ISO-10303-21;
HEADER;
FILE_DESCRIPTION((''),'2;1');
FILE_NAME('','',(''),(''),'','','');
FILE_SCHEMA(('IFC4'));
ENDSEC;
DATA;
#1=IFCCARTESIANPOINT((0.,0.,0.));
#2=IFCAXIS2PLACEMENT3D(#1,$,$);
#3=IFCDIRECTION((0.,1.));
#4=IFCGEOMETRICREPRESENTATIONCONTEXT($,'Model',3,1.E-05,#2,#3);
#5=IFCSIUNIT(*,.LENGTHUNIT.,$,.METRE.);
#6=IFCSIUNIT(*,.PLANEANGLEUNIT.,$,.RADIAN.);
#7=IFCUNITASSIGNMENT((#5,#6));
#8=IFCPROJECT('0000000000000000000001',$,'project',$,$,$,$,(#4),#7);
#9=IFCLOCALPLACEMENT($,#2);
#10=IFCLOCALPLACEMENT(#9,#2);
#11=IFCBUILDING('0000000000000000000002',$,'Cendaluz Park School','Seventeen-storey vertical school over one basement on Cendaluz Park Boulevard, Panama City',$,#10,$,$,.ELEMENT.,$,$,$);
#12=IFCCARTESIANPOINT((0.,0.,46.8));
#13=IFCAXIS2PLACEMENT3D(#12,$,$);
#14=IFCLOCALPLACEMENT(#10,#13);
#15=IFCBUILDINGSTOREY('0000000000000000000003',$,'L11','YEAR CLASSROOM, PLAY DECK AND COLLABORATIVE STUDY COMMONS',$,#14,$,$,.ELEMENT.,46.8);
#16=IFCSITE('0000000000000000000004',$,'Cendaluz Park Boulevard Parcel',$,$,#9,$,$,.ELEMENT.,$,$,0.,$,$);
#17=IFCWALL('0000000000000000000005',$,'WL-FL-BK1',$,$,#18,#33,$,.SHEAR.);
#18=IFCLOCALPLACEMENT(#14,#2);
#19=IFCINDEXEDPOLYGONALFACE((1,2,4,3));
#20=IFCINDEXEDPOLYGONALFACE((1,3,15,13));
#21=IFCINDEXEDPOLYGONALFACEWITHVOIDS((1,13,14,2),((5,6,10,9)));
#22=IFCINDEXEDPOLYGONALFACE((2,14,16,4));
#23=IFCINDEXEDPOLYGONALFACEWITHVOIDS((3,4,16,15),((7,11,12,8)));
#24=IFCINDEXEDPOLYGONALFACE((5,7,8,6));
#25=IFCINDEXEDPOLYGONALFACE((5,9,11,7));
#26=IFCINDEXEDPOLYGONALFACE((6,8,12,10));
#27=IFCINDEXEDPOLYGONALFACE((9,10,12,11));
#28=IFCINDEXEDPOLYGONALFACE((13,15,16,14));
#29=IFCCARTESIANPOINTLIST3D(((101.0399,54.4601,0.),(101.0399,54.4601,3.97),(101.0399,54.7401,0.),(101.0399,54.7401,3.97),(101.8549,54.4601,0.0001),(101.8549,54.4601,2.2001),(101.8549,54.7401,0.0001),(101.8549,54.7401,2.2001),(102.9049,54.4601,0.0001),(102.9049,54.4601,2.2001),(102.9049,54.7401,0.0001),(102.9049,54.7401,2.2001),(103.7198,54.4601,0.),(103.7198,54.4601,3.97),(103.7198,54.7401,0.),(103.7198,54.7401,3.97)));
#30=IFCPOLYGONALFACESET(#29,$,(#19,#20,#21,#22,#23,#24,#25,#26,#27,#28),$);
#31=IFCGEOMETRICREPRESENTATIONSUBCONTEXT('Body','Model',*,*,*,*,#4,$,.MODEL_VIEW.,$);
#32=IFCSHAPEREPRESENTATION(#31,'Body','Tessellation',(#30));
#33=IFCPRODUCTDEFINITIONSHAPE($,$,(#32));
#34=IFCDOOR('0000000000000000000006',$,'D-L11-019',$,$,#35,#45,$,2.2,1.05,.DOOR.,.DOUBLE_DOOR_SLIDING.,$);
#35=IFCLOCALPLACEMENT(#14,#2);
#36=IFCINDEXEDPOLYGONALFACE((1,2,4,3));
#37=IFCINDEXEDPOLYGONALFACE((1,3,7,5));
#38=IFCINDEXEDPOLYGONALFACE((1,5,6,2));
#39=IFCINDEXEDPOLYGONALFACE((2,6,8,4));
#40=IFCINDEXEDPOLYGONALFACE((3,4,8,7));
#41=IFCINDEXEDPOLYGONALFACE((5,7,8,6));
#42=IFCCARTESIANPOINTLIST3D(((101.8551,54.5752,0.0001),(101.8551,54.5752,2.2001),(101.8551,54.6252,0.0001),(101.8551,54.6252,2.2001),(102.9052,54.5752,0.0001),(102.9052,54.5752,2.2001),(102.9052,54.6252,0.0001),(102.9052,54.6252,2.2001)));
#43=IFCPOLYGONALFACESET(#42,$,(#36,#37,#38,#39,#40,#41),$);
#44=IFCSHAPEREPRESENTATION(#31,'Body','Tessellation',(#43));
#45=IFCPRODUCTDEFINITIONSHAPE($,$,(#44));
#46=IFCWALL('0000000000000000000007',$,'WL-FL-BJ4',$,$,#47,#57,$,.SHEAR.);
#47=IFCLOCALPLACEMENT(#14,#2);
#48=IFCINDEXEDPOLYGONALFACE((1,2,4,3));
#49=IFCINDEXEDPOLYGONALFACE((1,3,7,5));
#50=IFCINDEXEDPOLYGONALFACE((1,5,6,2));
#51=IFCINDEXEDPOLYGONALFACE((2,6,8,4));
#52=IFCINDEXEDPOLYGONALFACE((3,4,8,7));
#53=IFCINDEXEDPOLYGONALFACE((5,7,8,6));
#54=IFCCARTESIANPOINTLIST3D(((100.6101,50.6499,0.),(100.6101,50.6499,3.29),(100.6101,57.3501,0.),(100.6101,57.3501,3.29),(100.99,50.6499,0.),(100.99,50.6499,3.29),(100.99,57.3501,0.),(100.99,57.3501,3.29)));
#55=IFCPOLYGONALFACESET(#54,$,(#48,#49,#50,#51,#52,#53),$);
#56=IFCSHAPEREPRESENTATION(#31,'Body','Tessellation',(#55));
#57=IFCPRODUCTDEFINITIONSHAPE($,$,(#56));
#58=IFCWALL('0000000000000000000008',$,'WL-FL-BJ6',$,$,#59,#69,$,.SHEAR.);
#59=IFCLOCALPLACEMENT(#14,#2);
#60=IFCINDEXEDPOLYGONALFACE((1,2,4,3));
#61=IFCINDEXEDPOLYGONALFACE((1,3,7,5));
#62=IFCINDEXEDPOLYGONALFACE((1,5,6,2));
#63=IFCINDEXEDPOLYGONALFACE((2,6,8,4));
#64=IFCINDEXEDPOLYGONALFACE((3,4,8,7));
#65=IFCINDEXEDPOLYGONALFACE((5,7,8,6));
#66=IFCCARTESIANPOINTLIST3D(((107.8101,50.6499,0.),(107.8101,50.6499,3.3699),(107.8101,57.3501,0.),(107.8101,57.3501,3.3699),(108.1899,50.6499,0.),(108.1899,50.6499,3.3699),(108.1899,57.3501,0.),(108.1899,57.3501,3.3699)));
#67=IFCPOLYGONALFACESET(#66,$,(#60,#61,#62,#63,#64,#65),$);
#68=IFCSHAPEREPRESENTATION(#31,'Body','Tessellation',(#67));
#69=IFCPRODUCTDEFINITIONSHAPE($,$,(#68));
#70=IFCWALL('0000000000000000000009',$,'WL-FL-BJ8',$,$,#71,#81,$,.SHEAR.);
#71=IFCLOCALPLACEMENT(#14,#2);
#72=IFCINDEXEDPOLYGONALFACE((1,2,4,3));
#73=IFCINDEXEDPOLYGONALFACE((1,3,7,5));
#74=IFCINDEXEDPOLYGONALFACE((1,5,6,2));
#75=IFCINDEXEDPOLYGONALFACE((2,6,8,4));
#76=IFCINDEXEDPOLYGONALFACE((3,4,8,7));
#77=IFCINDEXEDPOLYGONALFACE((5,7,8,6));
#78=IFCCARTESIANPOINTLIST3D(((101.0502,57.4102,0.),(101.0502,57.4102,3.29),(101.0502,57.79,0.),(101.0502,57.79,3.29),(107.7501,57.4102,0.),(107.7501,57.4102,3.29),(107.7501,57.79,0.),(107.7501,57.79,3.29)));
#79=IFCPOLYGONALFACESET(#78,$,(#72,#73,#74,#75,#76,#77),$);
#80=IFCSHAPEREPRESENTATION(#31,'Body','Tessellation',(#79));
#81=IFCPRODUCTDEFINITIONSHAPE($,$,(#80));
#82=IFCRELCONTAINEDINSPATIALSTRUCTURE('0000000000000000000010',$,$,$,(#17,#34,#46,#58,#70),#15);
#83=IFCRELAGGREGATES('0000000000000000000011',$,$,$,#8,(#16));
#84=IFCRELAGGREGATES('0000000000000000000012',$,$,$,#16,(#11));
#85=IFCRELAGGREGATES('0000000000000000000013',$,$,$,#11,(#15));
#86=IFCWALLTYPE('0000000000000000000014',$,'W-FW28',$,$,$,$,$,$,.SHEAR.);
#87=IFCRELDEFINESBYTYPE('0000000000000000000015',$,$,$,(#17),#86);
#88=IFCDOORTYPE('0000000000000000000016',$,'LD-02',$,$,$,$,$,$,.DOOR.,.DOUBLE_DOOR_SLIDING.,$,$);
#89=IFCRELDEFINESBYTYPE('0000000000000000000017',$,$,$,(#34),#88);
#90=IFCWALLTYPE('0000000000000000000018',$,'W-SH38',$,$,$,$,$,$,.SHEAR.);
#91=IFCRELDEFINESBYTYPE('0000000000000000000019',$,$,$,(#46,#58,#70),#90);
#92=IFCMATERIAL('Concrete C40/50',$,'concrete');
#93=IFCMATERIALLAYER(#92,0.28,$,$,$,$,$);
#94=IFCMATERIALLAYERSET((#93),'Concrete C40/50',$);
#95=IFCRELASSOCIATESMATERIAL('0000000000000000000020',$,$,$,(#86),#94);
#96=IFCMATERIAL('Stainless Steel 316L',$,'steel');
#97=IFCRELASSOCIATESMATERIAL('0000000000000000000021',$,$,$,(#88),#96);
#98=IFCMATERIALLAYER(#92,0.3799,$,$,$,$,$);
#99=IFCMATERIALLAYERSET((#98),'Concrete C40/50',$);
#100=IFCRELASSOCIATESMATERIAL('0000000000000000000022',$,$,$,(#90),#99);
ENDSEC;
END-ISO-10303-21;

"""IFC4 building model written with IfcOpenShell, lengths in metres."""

from ifc_helpers import new_model, si_unit, direction, frame, frame_2d, origin, place, context, subcontext, project, spatial, rectangle, extrude, material, layer, layer_set, type_object, element, fill, save


model = new_model("IFC4")

# Units and contexts
model_context = context("Model", 3, precision=1e-05, world=origin(), true_north=direction((0.0, 1.0)))
body_context = subcontext(model_context, "Body", "Model", "MODEL_VIEW")
ifc_project = project(units=[si_unit("LENGTHUNIT", "METRE"), si_unit("PLANEANGLEUNIT", "RADIAN")], contexts=[model_context])

# Site, building, storey
site_placement = place(None, origin())
site = spatial("IfcSite", under=ifc_project, at=site_placement, Name="Cendaluz Park Boulevard Parcel", CompositionType="ELEMENT", RefElevation=0.0)
building_placement = place(site_placement, origin())
building = spatial("IfcBuilding", under=site, at=building_placement, Name="Cendaluz Park School", Description="Seventeen-storey vertical school over one basement on Cendaluz Park Boulevard, Panama City", CompositionType="ELEMENT")
storey_placement = place(building_placement, frame((0.0, 0.0, 46.8)))
storey = spatial("IfcBuildingStorey", under=building, at=storey_placement, Name="L11", Description="YEAR CLASSROOM, PLAY DECK AND COLLABORATIVE STUDY COMMONS", CompositionType="ELEMENT", Elevation=46.8)

# Shared definitions
ifc_material_1 = material(Name="Concrete C40/50", Category="concrete")
ifc_layer_1 = layer(ifc_material_1, 0.28)
ifc_layer_set_1 = layer_set([ifc_layer_1], Name="Concrete C40/50")
wall_type_1 = type_object("IfcWallType", Name="W-FW28", PredefinedType="SHEAR", material=ifc_layer_set_1)

# Wall, opening, door
wall_1_placement = place(storey_placement, frame((101.04, 54.6001, 0.0), z_axis=(0.0, 0.0, 1.0), x_axis=(1.0, 0.0, 0.0)))
wall_1 = element("IfcWall", 1, at=wall_1_placement, inside=storey, type_object=wall_type_1, Name="WL-FL-BK1", PredefinedType="SHEAR", context=body_context, shape_type="SweptSolid", body=[
    extrude(rectangle(XDim=2.6799, YDim=0.28, at=frame_2d((1.3398, 0.0))), origin(), (0.0, 0.0, 1.0), 3.97),
])
opening_1_placement = place(wall_1_placement, frame((0.8149, 0.0, 0.0)))
opening_1 = element("IfcOpeningElement", 2, at=opening_1_placement, cuts=wall_1, PredefinedType="OPENING", context=body_context, shape_type="SweptSolid", body=[
    extrude(rectangle(XDim=1.05, YDim=2.2, at=frame_2d((0.5249, 1.1001))), frame((0.0, 0.1521, 0.0), z_axis=(0.0, -1.0, 0.0), x_axis=(1.0, 0.0, 0.0)), (0.0, 0.0, 1.0), 0.304),
])
ifc_material_2 = material(Name="Stainless Steel 316L", Category="steel")
door_type_1 = type_object("IfcDoorType", Name="LD-02", OperationType="DOUBLE_DOOR_SLIDING", PredefinedType="DOOR", material=ifc_material_2)
door_1_placement = place(opening_1_placement, frame((1.05, 0.0, 0.0), z_axis=(0.0, 0.0, 1.0), x_axis=(-1.0, 0.0, 0.0)))
door_1 = element("IfcDoor", 3, at=door_1_placement, inside=storey, type_object=door_type_1, Name="D-L11-019", OperationType="DOUBLE_DOOR_SLIDING", OverallHeight=2.2, OverallWidth=1.05, PredefinedType="DOOR", context=body_context, shape_type="SweptSolid", body=[
    extrude(rectangle(XDim=1.05, YDim=2.2, at=frame_2d((0.5249, 1.1001))), frame((0.0, 0.0249, 0.0), z_axis=(0.0, -1.0, 0.0), x_axis=(1.0, 0.0, 0.0)), (0.0, 0.0, 1.0), 0.05),
])
fill(opening_1, door_1)

# Walls
ifc_layer_2 = layer(ifc_material_1, 0.3799)
ifc_layer_set_2 = layer_set([ifc_layer_2], Name="Concrete C40/50")
wall_type_2 = type_object("IfcWallType", Name="W-SH38", PredefinedType="SHEAR", material=ifc_layer_set_2)
wall_2_placement = place(storey_placement, frame((100.8, 50.6499, 0.0), z_axis=(0.0, 0.0, 1.0), x_axis=(0.0, 1.0, 0.0)))
element("IfcWall", 4, at=wall_2_placement, inside=storey, type_object=wall_type_2, Name="WL-FL-BJ4", PredefinedType="SHEAR", context=body_context, shape_type="SweptSolid", body=[
    extrude(rectangle(XDim=6.7002, YDim=0.3799, at=frame_2d((3.3501, 0.0))), origin(), (0.0, 0.0, 1.0), 3.29),
])
wall_3_placement = place(storey_placement, frame((108.0, 50.6499, 0.0), z_axis=(0.0, 0.0, 1.0), x_axis=(0.0, 1.0, 0.0)))
element("IfcWall", 5, at=wall_3_placement, inside=storey, type_object=wall_type_2, Name="WL-FL-BJ6", PredefinedType="SHEAR", context=body_context, shape_type="SweptSolid", body=[
    extrude(rectangle(XDim=6.7002, YDim=0.3799, at=frame_2d((3.3501, 0.0))), origin(), (0.0, 0.0, 1.0), 3.3699),
])
wall_4_placement = place(storey_placement, frame((101.05, 57.6001, 0.0), z_axis=(0.0, 0.0, 1.0), x_axis=(1.0, 0.0, 0.0)))
element("IfcWall", 6, at=wall_4_placement, inside=storey, type_object=wall_type_2, Name="WL-FL-BJ8", PredefinedType="SHEAR", context=body_context, shape_type="SweptSolid", body=[
    extrude(rectangle(XDim=6.7, YDim=0.3799, at=frame_2d((3.3501, 0.0))), origin(), (0.0, 0.0, 1.0), 3.29),
])

save(model, "model.ifc")
